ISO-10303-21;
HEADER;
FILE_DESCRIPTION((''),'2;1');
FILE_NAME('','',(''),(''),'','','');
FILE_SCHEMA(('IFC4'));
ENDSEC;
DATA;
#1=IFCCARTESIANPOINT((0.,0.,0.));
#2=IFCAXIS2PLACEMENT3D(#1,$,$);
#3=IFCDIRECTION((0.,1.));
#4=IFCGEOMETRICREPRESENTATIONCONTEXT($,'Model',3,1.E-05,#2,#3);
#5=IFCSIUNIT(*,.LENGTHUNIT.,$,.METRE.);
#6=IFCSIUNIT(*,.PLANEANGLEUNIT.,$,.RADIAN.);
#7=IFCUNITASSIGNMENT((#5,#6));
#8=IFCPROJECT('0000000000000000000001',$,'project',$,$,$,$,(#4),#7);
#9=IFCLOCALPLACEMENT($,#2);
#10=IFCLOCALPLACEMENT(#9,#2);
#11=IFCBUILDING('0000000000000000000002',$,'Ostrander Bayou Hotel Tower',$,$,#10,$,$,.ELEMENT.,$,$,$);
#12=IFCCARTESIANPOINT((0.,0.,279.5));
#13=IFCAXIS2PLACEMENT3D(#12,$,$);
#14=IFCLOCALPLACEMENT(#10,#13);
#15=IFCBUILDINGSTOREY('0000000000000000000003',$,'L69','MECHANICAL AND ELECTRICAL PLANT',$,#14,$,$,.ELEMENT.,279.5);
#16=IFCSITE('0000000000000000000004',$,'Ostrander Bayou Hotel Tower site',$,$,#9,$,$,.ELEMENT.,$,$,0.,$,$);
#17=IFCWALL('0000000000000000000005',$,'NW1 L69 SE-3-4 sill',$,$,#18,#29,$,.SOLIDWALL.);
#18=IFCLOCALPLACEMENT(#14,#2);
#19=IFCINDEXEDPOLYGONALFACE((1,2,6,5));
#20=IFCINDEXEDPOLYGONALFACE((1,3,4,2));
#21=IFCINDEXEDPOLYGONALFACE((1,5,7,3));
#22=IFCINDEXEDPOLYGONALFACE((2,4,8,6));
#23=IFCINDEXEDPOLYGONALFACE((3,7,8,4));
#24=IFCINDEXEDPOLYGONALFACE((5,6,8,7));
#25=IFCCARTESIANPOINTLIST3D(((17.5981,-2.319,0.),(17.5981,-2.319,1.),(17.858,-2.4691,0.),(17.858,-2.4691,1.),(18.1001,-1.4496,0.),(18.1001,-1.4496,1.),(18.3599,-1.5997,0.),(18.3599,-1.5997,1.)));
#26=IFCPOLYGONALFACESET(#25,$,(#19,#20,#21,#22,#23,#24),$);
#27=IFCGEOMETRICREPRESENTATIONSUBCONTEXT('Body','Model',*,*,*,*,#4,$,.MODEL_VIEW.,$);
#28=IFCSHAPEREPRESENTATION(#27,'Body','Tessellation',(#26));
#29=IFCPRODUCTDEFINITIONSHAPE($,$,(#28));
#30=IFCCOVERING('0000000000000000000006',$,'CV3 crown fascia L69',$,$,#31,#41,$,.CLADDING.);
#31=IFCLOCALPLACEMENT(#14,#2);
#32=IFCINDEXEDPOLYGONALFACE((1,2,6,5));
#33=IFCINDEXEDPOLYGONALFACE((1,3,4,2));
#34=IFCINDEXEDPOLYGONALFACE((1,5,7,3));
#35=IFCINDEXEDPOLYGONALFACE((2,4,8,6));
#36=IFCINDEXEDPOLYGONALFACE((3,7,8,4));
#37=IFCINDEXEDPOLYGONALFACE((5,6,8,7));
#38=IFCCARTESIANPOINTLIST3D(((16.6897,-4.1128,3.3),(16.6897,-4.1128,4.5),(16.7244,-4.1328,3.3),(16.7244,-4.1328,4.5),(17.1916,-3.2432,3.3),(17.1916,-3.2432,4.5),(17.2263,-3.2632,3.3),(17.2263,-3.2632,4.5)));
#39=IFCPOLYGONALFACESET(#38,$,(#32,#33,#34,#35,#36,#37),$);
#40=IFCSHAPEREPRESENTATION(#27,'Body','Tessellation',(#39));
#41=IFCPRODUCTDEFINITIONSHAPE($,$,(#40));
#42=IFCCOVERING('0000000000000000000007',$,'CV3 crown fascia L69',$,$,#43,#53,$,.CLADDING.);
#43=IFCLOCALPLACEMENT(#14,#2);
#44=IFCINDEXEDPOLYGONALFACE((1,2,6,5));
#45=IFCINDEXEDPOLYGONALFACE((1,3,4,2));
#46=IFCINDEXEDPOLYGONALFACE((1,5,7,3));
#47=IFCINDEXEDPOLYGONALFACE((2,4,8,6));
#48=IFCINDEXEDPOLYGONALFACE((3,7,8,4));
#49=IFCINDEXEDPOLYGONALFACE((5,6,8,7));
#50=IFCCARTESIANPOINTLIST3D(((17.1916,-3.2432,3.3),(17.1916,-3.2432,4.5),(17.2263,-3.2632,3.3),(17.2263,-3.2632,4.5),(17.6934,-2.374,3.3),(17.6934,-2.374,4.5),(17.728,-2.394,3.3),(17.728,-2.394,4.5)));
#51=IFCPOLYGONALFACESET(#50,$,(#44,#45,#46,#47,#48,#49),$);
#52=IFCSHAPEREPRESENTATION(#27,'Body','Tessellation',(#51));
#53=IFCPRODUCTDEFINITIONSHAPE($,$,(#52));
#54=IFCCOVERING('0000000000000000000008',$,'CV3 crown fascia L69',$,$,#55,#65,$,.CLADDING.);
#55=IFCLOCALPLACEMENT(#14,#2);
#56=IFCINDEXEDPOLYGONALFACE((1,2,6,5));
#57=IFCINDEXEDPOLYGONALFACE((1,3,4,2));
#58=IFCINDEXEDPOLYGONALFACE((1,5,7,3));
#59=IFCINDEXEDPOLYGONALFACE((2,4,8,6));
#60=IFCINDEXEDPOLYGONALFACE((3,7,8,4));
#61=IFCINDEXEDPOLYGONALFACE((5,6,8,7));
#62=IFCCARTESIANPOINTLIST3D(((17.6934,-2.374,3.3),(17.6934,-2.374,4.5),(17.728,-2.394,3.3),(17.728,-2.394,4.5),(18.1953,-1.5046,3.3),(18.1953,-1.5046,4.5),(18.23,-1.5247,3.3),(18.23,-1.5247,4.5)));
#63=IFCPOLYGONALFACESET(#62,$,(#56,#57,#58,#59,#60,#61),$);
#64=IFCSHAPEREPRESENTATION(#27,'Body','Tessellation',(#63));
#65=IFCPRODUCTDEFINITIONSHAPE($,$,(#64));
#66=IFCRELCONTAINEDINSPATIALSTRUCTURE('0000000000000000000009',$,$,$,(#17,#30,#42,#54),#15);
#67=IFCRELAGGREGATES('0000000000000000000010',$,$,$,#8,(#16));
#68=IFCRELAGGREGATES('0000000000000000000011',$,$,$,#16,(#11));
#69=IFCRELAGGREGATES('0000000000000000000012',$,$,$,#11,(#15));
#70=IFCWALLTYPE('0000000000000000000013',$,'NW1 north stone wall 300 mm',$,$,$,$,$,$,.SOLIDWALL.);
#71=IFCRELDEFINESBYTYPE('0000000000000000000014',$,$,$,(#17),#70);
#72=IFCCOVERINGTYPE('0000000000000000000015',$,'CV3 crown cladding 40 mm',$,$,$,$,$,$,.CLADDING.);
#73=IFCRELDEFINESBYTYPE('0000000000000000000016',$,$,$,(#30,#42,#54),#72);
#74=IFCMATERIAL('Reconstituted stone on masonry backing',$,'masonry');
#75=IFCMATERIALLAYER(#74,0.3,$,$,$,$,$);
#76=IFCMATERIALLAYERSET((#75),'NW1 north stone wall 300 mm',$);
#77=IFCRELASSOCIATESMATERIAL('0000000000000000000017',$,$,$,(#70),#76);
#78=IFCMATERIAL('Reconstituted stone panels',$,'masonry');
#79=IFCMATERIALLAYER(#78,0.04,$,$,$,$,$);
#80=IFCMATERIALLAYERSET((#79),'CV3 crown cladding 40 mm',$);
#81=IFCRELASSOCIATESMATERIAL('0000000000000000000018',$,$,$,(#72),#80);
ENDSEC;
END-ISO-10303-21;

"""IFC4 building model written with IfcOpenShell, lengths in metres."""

from ifc_helpers import new_model, si_unit, direction, frame, frame_2d, origin, place, context, subcontext, project, spatial, polyline, rectangle, outline, extrude, material, layer, layer_set, type_object, element, save


model = new_model("IFC4")

# Units and contexts
model_context = context("Model", 3, precision=1e-05, world=origin(), true_north=direction((0.0, 1.0)))
body_context = subcontext(model_context, "Body", "Model", "MODEL_VIEW")
ifc_project = project(units=[si_unit("LENGTHUNIT", "METRE"), si_unit("PLANEANGLEUNIT", "RADIAN")], contexts=[model_context])

# Site, building, storey
site_placement = place(None, origin())
site = spatial("IfcSite", under=ifc_project, at=site_placement, Name="Ostrander Bayou Hotel Tower site", CompositionType="ELEMENT", RefElevation=0.0)
building_placement = place(site_placement, origin())
building = spatial("IfcBuilding", under=site, at=building_placement, Name="Ostrander Bayou Hotel Tower", CompositionType="ELEMENT")
storey_placement = place(building_placement, frame((0.0, 0.0, 279.5)))
storey = spatial("IfcBuildingStorey", under=building, at=storey_placement, Name="L69", Description="MECHANICAL AND ELECTRICAL PLANT", CompositionType="ELEMENT", Elevation=279.5)

# Wall
ifc_material_1 = material(Name="Reconstituted stone on masonry backing", Category="masonry")
ifc_layer_1 = layer(ifc_material_1, 0.3)
ifc_layer_set_1 = layer_set([ifc_layer_1], Name="NW1 north stone wall 300 mm")
wall_type = type_object("IfcWallType", Name="NW1 north stone wall 300 mm", PredefinedType="SOLIDWALL", material=ifc_layer_set_1)
wall_1_placement = place(storey_placement, frame((17.728, -2.394, 0.0), z_axis=(0.0, 0.0, 1.0), x_axis=(0.50001, 0.86602, 0.0)))
element("IfcWall", 1, at=wall_1_placement, inside=storey, type_object=wall_type, Name="NW1 L69 SE-3-4 sill", PredefinedType="SOLIDWALL", context=body_context, shape_type="SweptSolid", body=[
    extrude(rectangle(XDim=1.0039, YDim=0.3, at=frame_2d((0.502, 0.0))), origin(), (0.0, 0.0, 1.0), 1.0),
])

# Coverings
ifc_material_2 = material(Name="Reconstituted stone panels", Category="masonry")
ifc_layer_2 = layer(ifc_material_2, 0.04)
ifc_layer_set_2 = layer_set([ifc_layer_2], Name="CV3 crown cladding 40 mm")
covering_type = type_object("IfcCoveringType", Name="CV3 crown cladding 40 mm", PredefinedType="CLADDING", material=ifc_layer_set_2)
covering_1_placement = place(storey_placement, frame((16.7244, -4.1328, 3.3), z_axis=(0.86608, -0.499905, 0.0), x_axis=(0.499905, 0.86608, 0.0)))
element("IfcCovering", 2, at=covering_1_placement, inside=storey, type_object=covering_type, Name="CV3 crown fascia L69", PredefinedType="CLADDING", context=body_context, shape_type="SweptSolid", body=[
    extrude(outline(polyline([(0.0, 0.0), (1.0041, 0.0), (1.0041, 1.2), (0.0, 1.2), (0.0, 0.0)])), origin(), (0.0, 0.0, -1.0), 0.04),
])
covering_2_placement = place(storey_placement, frame((17.2263, -3.2632, 3.3), z_axis=(0.866064, -0.499933, 0.0), x_axis=(0.499933, 0.866064, 0.0)))
element("IfcCovering", 3, at=covering_2_placement, inside=storey, type_object=covering_type, Name="CV3 crown fascia L69", PredefinedType="CLADDING", context=body_context, shape_type="SweptSolid", body=[
    extrude(outline(polyline([(0.0, 0.0), (1.0036, 0.0), (1.0036, 1.2), (0.0, 1.2), (0.0, 0.0)])), origin(), (0.0, 0.0, -1.0), 0.04),
])
covering_3_placement = place(storey_placement, frame((17.728, -2.394, 3.3), z_axis=(0.86602, -0.50001, 0.0), x_axis=(0.50001, 0.86602, 0.0)))
element("IfcCovering", 4, at=covering_3_placement, inside=storey, type_object=covering_type, Name="CV3 crown fascia L69", PredefinedType="CLADDING", context=body_context, shape_type="SweptSolid", body=[
    extrude(outline(polyline([(0.0, 0.0), (1.0039, 0.0), (1.0039, 1.2), (0.0, 1.2), (0.0, 0.0)])), origin(), (0.0, 0.0, -1.0), 0.04),
])

save(model, "model.ifc")
